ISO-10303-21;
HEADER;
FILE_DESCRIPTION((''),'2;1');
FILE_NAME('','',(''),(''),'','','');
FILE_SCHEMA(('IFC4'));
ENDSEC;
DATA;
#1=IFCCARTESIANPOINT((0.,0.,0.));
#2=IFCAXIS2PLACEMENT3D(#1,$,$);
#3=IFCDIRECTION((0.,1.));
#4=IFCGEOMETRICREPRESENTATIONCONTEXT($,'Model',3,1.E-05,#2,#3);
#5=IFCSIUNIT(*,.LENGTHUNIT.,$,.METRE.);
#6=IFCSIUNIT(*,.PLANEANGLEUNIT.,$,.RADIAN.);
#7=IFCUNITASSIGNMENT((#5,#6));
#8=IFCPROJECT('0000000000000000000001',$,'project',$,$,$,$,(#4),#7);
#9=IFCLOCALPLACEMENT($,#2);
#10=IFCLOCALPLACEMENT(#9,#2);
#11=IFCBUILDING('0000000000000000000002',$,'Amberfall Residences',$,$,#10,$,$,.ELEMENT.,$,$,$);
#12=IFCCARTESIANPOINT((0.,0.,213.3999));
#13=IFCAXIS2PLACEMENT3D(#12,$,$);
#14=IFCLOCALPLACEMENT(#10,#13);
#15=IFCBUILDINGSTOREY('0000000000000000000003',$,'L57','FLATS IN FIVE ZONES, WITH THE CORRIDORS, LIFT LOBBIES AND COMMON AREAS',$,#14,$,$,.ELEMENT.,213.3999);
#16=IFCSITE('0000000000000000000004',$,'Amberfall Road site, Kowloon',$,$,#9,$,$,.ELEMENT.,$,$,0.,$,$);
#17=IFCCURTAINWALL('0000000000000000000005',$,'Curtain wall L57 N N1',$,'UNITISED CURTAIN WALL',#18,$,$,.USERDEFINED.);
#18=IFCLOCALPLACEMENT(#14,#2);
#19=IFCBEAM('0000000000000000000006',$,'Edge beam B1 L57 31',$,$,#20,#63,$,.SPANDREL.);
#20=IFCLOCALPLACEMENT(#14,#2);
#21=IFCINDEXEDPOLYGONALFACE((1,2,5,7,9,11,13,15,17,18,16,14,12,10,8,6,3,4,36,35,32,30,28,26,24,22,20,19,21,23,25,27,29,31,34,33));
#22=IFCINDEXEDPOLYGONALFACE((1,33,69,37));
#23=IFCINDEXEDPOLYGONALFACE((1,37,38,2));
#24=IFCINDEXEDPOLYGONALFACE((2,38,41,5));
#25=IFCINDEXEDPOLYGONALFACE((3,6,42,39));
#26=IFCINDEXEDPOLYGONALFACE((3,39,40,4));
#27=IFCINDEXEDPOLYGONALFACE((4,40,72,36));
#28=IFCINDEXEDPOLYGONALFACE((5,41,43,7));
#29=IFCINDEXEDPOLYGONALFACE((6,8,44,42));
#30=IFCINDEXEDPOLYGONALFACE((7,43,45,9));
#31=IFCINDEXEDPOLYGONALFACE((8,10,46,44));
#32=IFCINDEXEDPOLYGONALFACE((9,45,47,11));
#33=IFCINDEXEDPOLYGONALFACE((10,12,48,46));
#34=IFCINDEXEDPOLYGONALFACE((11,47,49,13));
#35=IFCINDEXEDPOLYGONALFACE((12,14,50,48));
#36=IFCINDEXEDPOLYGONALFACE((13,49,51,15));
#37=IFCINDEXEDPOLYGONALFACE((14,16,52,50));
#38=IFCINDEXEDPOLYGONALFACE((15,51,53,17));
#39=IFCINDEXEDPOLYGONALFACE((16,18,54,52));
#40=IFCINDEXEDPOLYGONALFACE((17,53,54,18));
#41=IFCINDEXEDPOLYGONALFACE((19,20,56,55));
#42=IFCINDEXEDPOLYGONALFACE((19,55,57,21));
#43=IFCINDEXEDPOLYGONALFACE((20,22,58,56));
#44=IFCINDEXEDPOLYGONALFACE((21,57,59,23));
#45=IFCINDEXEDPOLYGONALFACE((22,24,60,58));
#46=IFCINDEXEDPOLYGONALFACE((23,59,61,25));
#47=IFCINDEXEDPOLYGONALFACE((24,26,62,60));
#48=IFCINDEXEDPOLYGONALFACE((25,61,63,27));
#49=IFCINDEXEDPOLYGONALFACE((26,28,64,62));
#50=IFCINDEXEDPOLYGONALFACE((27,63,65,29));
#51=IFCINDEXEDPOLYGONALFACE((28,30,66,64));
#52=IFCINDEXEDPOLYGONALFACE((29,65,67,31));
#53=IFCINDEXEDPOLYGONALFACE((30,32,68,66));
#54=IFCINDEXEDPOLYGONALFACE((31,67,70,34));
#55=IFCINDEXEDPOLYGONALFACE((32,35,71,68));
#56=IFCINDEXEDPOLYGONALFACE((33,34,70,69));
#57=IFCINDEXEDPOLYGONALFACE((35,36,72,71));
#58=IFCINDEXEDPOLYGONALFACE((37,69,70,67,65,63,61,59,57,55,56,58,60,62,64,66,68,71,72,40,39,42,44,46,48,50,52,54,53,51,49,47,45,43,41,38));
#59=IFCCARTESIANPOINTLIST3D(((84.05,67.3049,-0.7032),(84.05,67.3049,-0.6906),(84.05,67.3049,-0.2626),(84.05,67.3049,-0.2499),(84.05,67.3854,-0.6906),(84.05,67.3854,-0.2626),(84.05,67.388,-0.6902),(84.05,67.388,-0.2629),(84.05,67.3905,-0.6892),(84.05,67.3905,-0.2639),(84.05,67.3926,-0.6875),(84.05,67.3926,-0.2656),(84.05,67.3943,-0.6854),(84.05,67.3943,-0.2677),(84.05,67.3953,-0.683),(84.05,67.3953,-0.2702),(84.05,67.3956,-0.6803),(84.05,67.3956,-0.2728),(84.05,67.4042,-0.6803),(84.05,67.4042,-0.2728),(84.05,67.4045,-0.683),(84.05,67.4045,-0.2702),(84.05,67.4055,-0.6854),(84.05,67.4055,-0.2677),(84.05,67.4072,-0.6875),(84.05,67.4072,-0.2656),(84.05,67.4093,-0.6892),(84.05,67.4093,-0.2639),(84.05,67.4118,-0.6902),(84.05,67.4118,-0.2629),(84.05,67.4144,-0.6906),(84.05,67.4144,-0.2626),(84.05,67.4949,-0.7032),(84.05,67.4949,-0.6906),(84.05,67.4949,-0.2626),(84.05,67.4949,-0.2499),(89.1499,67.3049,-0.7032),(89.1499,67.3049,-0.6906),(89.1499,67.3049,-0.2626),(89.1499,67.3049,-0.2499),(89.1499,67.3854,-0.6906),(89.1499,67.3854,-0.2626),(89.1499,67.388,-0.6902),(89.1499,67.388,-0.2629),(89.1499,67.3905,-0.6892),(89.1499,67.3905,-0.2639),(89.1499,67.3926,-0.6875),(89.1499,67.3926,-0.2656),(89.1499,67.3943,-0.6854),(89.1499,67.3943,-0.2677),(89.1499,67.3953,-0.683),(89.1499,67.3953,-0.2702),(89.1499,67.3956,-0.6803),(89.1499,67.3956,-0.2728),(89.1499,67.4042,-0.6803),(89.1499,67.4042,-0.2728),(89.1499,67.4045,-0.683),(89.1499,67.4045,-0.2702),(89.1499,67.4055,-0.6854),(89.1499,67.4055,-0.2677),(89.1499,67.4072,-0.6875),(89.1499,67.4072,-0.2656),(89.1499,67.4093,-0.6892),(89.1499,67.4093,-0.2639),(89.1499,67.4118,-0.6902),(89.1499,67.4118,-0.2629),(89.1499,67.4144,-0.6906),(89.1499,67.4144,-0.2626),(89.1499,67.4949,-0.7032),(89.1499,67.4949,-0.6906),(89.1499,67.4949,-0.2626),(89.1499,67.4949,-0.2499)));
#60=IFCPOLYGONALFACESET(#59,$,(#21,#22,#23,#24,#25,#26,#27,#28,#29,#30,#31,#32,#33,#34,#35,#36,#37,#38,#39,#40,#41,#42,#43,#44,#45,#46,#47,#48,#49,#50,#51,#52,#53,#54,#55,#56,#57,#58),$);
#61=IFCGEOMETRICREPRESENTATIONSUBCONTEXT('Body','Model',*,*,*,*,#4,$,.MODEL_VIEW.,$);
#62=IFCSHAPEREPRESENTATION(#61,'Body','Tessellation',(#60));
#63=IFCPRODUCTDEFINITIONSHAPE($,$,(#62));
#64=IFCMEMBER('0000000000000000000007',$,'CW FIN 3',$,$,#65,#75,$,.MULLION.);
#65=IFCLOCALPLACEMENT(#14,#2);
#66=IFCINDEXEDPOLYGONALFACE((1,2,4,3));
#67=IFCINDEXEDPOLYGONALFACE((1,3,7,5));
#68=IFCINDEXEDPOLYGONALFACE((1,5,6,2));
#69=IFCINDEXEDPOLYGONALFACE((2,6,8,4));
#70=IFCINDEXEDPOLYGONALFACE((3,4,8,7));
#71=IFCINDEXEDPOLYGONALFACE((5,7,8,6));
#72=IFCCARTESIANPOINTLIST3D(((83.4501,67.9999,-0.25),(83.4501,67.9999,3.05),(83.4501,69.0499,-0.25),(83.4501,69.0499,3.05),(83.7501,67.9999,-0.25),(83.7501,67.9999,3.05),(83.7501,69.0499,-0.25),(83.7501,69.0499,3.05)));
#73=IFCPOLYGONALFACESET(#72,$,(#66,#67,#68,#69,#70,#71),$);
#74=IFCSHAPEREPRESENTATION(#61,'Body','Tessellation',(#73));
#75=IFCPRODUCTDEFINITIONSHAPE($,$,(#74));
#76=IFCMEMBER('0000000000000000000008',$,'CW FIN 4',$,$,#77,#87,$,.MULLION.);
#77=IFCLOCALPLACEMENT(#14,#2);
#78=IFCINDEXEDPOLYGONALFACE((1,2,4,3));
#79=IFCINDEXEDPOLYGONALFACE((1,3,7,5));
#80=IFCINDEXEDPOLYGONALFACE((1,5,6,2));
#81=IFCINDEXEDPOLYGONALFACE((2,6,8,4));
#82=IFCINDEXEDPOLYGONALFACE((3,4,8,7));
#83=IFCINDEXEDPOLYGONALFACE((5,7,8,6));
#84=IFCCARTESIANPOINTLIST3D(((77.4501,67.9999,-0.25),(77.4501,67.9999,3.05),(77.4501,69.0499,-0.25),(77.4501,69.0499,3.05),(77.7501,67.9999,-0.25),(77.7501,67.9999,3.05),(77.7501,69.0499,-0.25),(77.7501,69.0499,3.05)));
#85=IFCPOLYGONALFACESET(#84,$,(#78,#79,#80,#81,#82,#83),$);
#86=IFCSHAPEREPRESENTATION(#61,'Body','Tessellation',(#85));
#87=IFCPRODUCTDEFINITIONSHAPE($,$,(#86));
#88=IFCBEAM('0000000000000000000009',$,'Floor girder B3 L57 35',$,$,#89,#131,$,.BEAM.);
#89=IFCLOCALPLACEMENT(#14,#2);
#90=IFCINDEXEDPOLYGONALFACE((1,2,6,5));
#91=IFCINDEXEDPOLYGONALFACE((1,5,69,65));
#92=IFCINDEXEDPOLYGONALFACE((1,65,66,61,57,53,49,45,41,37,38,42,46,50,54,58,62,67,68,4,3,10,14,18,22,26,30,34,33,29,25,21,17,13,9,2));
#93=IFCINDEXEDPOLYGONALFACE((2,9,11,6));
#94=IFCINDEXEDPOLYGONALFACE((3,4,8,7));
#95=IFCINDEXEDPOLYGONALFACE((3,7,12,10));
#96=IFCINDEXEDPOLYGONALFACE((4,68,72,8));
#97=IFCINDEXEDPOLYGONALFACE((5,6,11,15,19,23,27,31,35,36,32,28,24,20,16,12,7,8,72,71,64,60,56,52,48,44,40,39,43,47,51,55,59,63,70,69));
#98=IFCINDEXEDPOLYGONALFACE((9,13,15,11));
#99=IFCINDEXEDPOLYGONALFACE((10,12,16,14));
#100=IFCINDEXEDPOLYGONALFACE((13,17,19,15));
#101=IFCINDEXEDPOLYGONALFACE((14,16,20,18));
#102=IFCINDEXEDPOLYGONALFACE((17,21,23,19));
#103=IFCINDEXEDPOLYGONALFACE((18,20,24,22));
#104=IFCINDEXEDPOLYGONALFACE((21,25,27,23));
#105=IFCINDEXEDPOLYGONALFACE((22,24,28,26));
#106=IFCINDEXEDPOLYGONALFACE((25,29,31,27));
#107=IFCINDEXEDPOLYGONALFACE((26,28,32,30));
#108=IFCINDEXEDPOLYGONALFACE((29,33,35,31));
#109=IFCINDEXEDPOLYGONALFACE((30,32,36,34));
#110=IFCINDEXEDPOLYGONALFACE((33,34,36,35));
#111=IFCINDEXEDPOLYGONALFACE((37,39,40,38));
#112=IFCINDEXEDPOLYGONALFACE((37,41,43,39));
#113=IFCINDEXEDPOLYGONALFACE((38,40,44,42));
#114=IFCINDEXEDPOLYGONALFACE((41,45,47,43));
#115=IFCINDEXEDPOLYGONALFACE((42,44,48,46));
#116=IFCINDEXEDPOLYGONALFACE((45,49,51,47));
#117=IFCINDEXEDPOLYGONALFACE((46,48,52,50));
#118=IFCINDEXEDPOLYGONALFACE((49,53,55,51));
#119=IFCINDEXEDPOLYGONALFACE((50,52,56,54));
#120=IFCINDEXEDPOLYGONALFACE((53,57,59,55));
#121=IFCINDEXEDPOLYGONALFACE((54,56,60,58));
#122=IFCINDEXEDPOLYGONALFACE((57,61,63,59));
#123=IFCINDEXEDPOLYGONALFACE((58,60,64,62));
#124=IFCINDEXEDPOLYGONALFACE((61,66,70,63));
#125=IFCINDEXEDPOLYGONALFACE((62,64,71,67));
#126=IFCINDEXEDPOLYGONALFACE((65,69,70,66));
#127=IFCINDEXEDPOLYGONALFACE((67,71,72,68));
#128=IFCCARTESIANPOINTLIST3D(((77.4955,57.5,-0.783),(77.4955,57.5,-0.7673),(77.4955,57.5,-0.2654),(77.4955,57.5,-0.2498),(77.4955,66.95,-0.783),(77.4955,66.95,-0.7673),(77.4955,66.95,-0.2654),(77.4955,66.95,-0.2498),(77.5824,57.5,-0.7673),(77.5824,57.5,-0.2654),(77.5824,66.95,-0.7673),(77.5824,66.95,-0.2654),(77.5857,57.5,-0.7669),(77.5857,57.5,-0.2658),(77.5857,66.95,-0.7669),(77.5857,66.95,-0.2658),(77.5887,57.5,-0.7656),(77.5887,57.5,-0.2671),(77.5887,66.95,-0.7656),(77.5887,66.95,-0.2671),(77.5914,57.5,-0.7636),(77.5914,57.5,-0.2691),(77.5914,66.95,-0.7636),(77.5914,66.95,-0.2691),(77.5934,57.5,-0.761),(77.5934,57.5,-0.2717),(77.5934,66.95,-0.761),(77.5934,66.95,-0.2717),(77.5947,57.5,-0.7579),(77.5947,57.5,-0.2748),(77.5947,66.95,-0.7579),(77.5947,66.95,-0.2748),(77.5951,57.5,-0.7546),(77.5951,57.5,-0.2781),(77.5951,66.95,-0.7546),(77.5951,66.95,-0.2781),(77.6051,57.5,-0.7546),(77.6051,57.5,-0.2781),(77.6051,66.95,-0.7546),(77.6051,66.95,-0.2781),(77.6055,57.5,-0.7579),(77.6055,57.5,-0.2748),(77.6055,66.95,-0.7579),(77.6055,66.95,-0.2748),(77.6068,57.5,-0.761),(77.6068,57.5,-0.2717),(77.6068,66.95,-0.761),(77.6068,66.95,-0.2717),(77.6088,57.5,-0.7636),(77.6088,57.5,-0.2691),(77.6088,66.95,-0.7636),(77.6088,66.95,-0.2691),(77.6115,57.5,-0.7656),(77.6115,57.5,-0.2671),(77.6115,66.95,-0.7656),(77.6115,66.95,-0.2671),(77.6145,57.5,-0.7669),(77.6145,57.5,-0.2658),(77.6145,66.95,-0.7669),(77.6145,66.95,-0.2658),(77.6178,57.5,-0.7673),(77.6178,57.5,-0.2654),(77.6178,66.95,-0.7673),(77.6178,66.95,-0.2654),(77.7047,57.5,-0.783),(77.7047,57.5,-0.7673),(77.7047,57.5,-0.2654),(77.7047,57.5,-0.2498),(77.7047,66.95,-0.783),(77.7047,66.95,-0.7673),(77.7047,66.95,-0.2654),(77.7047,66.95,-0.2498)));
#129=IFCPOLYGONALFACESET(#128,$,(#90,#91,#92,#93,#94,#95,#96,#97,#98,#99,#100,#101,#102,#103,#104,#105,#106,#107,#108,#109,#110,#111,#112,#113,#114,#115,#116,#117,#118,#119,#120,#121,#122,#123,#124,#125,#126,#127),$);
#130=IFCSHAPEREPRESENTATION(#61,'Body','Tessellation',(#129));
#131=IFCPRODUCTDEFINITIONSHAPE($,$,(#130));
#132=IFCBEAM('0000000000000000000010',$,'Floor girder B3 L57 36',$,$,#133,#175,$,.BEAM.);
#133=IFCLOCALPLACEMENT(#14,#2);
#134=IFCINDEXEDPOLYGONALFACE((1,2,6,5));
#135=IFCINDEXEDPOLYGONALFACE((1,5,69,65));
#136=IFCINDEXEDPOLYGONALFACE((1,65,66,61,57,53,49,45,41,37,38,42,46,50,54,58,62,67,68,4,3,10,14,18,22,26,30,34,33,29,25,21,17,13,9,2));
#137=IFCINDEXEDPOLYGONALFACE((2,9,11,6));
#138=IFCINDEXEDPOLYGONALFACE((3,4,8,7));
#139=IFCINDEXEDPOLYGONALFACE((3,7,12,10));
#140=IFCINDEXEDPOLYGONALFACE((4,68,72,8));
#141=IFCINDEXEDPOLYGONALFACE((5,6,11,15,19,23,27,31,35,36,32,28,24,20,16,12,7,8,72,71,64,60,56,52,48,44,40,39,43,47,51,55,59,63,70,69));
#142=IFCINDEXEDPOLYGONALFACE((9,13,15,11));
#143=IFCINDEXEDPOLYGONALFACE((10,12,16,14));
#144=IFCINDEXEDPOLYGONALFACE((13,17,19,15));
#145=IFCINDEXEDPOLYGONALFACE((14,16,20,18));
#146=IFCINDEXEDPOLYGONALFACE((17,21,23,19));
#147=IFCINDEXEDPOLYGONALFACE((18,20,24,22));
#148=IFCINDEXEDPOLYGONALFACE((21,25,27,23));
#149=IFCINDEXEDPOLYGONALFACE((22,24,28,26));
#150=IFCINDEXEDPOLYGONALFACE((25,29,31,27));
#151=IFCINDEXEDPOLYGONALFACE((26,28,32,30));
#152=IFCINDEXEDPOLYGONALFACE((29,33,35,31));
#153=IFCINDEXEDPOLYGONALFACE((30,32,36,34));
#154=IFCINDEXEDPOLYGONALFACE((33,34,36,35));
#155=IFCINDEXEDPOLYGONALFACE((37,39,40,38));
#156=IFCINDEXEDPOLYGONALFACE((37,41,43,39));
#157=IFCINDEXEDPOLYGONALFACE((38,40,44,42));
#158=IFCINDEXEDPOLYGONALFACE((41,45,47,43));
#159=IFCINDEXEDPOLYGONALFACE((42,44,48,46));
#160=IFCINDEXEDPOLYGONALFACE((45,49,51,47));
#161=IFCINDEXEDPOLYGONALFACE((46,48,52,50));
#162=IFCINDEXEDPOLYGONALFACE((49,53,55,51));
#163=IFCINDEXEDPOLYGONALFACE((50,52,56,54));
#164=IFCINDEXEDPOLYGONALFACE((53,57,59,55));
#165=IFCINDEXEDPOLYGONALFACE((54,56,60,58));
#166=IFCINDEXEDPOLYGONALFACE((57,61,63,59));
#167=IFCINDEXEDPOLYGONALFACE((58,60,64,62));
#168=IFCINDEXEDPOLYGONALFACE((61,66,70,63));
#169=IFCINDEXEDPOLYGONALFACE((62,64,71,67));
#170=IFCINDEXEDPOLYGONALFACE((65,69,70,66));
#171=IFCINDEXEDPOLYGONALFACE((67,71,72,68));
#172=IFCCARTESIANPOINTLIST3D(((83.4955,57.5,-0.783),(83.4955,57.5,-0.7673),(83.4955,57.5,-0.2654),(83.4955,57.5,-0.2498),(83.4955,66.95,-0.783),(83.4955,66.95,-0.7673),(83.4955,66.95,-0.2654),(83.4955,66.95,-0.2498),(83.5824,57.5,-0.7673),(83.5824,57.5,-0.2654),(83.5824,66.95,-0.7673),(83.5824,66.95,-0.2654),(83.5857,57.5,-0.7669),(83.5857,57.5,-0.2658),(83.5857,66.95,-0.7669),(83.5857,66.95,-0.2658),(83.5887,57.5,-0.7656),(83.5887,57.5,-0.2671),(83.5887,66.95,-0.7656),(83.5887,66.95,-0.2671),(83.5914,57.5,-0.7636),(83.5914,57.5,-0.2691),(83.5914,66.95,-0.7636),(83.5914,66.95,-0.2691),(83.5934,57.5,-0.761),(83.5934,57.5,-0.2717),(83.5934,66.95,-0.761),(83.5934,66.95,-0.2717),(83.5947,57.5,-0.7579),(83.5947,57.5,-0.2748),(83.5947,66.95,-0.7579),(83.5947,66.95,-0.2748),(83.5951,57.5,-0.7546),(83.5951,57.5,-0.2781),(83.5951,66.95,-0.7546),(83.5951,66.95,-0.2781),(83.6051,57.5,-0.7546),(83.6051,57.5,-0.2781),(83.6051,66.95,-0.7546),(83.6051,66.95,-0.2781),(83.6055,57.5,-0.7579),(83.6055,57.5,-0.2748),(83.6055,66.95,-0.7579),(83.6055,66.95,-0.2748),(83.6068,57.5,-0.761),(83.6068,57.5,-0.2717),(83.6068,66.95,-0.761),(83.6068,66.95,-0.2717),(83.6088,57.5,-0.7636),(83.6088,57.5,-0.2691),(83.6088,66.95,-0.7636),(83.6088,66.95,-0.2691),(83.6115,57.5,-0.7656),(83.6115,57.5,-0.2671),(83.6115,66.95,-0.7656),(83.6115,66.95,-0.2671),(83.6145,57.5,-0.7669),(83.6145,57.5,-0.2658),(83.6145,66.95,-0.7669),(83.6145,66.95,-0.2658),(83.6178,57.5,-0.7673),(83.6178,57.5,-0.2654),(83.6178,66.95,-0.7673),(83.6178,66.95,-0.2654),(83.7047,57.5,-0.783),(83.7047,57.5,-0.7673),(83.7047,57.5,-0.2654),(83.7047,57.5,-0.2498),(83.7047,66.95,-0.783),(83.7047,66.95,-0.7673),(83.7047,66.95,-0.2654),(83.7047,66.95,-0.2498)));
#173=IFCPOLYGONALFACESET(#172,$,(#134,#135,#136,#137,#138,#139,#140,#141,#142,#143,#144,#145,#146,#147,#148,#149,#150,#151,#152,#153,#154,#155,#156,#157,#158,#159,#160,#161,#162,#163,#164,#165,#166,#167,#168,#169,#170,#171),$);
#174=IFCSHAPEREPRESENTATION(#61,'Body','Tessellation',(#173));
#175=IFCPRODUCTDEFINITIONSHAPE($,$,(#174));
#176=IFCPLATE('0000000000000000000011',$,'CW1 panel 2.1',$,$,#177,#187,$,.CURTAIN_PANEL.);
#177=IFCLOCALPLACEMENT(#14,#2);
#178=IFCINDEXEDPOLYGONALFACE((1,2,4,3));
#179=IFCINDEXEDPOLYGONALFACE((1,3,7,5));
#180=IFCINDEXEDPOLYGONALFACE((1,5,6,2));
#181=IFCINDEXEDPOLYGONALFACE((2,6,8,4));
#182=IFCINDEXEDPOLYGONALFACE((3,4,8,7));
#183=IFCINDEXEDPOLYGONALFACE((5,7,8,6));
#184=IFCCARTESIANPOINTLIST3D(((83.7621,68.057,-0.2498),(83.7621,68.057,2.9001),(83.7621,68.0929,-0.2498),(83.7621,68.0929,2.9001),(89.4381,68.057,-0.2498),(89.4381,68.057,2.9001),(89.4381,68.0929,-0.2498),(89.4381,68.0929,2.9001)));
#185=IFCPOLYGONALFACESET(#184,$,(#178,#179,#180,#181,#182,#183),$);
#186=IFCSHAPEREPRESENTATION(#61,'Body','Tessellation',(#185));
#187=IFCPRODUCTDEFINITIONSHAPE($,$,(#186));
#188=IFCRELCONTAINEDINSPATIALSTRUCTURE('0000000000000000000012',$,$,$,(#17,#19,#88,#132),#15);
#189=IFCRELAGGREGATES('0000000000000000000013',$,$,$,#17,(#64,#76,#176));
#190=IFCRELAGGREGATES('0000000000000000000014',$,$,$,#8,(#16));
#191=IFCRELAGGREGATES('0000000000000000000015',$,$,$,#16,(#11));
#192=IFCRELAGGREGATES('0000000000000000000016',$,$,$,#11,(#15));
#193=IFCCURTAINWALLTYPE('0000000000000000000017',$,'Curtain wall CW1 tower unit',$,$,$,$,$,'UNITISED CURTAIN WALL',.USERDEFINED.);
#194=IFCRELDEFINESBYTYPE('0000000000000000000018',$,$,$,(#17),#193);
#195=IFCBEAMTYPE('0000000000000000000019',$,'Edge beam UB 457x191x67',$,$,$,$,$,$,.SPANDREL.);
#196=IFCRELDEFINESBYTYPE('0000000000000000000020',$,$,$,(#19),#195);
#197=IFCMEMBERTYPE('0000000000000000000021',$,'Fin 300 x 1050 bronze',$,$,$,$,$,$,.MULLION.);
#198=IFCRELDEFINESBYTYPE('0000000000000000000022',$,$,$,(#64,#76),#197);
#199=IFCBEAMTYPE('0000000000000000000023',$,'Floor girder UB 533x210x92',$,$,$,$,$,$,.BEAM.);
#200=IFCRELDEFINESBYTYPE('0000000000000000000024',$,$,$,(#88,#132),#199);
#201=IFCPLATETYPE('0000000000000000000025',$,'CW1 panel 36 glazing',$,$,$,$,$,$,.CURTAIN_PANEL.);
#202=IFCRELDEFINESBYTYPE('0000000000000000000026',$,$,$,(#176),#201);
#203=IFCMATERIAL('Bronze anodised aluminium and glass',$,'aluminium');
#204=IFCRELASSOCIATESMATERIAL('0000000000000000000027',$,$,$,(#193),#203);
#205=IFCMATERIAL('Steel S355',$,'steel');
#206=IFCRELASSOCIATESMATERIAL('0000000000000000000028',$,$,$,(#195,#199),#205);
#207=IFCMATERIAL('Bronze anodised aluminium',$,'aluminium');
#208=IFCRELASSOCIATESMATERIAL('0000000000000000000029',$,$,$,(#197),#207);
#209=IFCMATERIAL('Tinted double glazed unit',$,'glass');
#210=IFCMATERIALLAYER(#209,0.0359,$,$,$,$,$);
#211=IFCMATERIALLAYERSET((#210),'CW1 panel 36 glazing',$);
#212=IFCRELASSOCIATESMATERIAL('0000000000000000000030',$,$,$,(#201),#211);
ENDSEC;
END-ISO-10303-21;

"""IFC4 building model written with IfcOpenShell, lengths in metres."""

from ifc_helpers import new_model, si_unit, direction, frame, origin, origin_2d, place, context, subcontext, project, spatial, rectangle, i_section, extrude, material, layer, layer_set, material_profile, profile_set, type_object, element, aggregate, save


model = new_model("IFC4")

# Units and contexts
model_context = context("Model", 3, precision=1e-05, world=origin(), true_north=direction((0.0, 1.0)))
body_context = subcontext(model_context, "Body", "Model", "MODEL_VIEW")
ifc_project = project(units=[si_unit("LENGTHUNIT", "METRE"), si_unit("PLANEANGLEUNIT", "RADIAN")], contexts=[model_context])

# Site, building, storey
site_placement = place(None, origin())
site = spatial("IfcSite", under=ifc_project, at=site_placement, Name="Amberfall Road site, Kowloon", CompositionType="ELEMENT", RefElevation=0.0)
building_placement = place(site_placement, origin())
building = spatial("IfcBuilding", under=site, at=building_placement, Name="Amberfall Residences", CompositionType="ELEMENT")
storey_placement = place(building_placement, frame((0.0, 0.0, 213.3999)))
storey = spatial("IfcBuildingStorey", under=building, at=storey_placement, Name="L57", Description="FLATS IN FIVE ZONES, WITH THE CORRIDORS, LIFT LOBBIES AND COMMON AREAS", CompositionType="ELEMENT", Elevation=213.3999)

# Curtain wall
ifc_material_1 = material(Name="Bronze anodised aluminium and glass", Category="aluminium")
curtain_wall_type = type_object("IfcCurtainWallType", Name="Curtain wall CW1 tower unit", ElementType="UNITISED CURTAIN WALL", PredefinedType="USERDEFINED", material=ifc_material_1)
curtain_wall_placement = place(storey_placement, origin())
curtain_wall = element("IfcCurtainWall", 1, at=curtain_wall_placement, inside=storey, type_object=curtain_wall_type, Name="Curtain wall L57 N N1", ObjectType="UNITISED CURTAIN WALL", PredefinedType="USERDEFINED")
ifc_material_2 = material(Name="Bronze anodised aluminium", Category="aluminium")

# Beam
ifc_material_3 = material(Name="Steel S355", Category="steel")
ifc_material_profile_1 = material_profile(ifc_material_3, i_section(OverallWidth=0.1899, OverallDepth=0.4534, WebThickness=0.0085, FlangeThickness=0.0127, FilletRadius=0.0103, at=origin_2d()), Name="UB 457x191x67")
ifc_profile_set_1 = profile_set([ifc_material_profile_1], Name="Steel S355")
beam_type_1 = type_object("IfcBeamType", Name="Edge beam UB 457x191x67", PredefinedType="SPANDREL", material=ifc_profile_set_1)
for number, where, z_axis, x_axis, name in (
    (2, (84.05, 67.3999, -0.4766), (1.0, 0.0, 0.0), (0.0, 1.0, 0.0), "Edge beam B1 L57 31"),
):
    element("IfcBeam", number, at=place(storey_placement, frame(where, z_axis=z_axis, x_axis=x_axis)), inside=storey, type_object=beam_type_1, Name=name, PredefinedType="SPANDREL", context=body_context, shape_type="SweptSolid", body=[
        extrude(i_section(OverallWidth=0.1899, OverallDepth=0.4534, WebThickness=0.0085, FlangeThickness=0.0127, FilletRadius=0.0103, at=origin_2d()), origin(), (0.0, 0.0, 1.0), 5.0999),
    ])

# Members
ifc_material_profile_2 = material_profile(ifc_material_2, rectangle(XDim=1.05, YDim=0.3, at=origin_2d()), Name="Fin 300 x 1050 bronze")
ifc_profile_set_2 = profile_set([ifc_material_profile_2], Name="Bronze anodised aluminium")
member_type_1 = type_object("IfcMemberType", Name="Fin 300 x 1050 bronze", PredefinedType="MULLION", material=ifc_profile_set_2)
member_1_placement = place(storey_placement, frame((83.6001, 68.5249, -0.25), z_axis=(0.0, 0.0, 1.0), x_axis=(0.0, -1.0, 0.0)))
member_1 = element("IfcMember", 3, at=member_1_placement, type_object=member_type_1, Name="CW FIN 3", PredefinedType="MULLION", context=body_context, shape_type="SweptSolid", body=[
    extrude(rectangle(XDim=1.05, YDim=0.3, at=origin_2d()), origin(), (0.0, 0.0, 1.0), 3.3),
])
member_2_placement = place(storey_placement, frame((77.6001, 68.5249, -0.25), z_axis=(0.0, 0.0, 1.0), x_axis=(0.0, -1.0, 0.0)))
member_2 = element("IfcMember", 4, at=member_2_placement, type_object=member_type_1, Name="CW FIN 4", PredefinedType="MULLION", context=body_context, shape_type="SweptSolid", body=[
    extrude(rectangle(XDim=1.05, YDim=0.3, at=origin_2d()), origin(), (0.0, 0.0, 1.0), 3.3),
])

# Beams
ifc_material_profile_3 = material_profile(ifc_material_3, i_section(OverallWidth=0.2092, OverallDepth=0.5332, WebThickness=0.01, FlangeThickness=0.0156, FilletRadius=0.0127, at=origin_2d()), Name="UB 533x210x92")
ifc_profile_set_3 = profile_set([ifc_material_profile_3], Name="Steel S355")
beam_type_2 = type_object("IfcBeamType", Name="Floor girder UB 533x210x92", PredefinedType="BEAM", material=ifc_profile_set_3)
for number, where, z_axis, x_axis, name in (
    (5, (77.6001, 66.95, -0.5164), (0.0, -1.0, 0.0), (1.0, 0.0, 0.0), "Floor girder B3 L57 35"),
    (6, (83.6001, 66.95, -0.5164), (0.0, -1.0, 0.0), (1.0, 0.0, 0.0), "Floor girder B3 L57 36"),
):
    element("IfcBeam", number, at=place(storey_placement, frame(where, z_axis=z_axis, x_axis=x_axis)), inside=storey, type_object=beam_type_2, Name=name, PredefinedType="BEAM", context=body_context, shape_type="SweptSolid", body=[
        extrude(i_section(OverallWidth=0.2092, OverallDepth=0.5332, WebThickness=0.01, FlangeThickness=0.0156, FilletRadius=0.0127, at=origin_2d()), origin(), (0.0, 0.0, 1.0), 9.45),
    ])

# Plate
ifc_material_4 = material(Name="Tinted double glazed unit", Category="glass")
ifc_layer_1 = layer(ifc_material_4, 0.0359)
ifc_layer_set_1 = layer_set([ifc_layer_1], Name="CW1 panel 36 glazing")
plate_type = type_object("IfcPlateType", Name="CW1 panel 36 glazing", PredefinedType="CURTAIN_PANEL", material=ifc_layer_set_1)
plate_1_placement = place(storey_placement, frame((86.6001, 68.075, -0.2498), z_axis=(0.0, 0.0, 1.0), x_axis=(-1.0, 0.0, 0.0)))
plate_1 = element("IfcPlate", 7, at=plate_1_placement, type_object=plate_type, Name="CW1 panel 2.1", PredefinedType="CURTAIN_PANEL", context=body_context, shape_type="SweptSolid", body=[
    extrude(rectangle(XDim=5.676, YDim=0.0359, at=origin_2d()), origin(), (0.0, 0.0, 1.0), 3.1499),
])
aggregate(curtain_wall, [member_1, member_2, plate_1])

save(model, "model.ifc")
